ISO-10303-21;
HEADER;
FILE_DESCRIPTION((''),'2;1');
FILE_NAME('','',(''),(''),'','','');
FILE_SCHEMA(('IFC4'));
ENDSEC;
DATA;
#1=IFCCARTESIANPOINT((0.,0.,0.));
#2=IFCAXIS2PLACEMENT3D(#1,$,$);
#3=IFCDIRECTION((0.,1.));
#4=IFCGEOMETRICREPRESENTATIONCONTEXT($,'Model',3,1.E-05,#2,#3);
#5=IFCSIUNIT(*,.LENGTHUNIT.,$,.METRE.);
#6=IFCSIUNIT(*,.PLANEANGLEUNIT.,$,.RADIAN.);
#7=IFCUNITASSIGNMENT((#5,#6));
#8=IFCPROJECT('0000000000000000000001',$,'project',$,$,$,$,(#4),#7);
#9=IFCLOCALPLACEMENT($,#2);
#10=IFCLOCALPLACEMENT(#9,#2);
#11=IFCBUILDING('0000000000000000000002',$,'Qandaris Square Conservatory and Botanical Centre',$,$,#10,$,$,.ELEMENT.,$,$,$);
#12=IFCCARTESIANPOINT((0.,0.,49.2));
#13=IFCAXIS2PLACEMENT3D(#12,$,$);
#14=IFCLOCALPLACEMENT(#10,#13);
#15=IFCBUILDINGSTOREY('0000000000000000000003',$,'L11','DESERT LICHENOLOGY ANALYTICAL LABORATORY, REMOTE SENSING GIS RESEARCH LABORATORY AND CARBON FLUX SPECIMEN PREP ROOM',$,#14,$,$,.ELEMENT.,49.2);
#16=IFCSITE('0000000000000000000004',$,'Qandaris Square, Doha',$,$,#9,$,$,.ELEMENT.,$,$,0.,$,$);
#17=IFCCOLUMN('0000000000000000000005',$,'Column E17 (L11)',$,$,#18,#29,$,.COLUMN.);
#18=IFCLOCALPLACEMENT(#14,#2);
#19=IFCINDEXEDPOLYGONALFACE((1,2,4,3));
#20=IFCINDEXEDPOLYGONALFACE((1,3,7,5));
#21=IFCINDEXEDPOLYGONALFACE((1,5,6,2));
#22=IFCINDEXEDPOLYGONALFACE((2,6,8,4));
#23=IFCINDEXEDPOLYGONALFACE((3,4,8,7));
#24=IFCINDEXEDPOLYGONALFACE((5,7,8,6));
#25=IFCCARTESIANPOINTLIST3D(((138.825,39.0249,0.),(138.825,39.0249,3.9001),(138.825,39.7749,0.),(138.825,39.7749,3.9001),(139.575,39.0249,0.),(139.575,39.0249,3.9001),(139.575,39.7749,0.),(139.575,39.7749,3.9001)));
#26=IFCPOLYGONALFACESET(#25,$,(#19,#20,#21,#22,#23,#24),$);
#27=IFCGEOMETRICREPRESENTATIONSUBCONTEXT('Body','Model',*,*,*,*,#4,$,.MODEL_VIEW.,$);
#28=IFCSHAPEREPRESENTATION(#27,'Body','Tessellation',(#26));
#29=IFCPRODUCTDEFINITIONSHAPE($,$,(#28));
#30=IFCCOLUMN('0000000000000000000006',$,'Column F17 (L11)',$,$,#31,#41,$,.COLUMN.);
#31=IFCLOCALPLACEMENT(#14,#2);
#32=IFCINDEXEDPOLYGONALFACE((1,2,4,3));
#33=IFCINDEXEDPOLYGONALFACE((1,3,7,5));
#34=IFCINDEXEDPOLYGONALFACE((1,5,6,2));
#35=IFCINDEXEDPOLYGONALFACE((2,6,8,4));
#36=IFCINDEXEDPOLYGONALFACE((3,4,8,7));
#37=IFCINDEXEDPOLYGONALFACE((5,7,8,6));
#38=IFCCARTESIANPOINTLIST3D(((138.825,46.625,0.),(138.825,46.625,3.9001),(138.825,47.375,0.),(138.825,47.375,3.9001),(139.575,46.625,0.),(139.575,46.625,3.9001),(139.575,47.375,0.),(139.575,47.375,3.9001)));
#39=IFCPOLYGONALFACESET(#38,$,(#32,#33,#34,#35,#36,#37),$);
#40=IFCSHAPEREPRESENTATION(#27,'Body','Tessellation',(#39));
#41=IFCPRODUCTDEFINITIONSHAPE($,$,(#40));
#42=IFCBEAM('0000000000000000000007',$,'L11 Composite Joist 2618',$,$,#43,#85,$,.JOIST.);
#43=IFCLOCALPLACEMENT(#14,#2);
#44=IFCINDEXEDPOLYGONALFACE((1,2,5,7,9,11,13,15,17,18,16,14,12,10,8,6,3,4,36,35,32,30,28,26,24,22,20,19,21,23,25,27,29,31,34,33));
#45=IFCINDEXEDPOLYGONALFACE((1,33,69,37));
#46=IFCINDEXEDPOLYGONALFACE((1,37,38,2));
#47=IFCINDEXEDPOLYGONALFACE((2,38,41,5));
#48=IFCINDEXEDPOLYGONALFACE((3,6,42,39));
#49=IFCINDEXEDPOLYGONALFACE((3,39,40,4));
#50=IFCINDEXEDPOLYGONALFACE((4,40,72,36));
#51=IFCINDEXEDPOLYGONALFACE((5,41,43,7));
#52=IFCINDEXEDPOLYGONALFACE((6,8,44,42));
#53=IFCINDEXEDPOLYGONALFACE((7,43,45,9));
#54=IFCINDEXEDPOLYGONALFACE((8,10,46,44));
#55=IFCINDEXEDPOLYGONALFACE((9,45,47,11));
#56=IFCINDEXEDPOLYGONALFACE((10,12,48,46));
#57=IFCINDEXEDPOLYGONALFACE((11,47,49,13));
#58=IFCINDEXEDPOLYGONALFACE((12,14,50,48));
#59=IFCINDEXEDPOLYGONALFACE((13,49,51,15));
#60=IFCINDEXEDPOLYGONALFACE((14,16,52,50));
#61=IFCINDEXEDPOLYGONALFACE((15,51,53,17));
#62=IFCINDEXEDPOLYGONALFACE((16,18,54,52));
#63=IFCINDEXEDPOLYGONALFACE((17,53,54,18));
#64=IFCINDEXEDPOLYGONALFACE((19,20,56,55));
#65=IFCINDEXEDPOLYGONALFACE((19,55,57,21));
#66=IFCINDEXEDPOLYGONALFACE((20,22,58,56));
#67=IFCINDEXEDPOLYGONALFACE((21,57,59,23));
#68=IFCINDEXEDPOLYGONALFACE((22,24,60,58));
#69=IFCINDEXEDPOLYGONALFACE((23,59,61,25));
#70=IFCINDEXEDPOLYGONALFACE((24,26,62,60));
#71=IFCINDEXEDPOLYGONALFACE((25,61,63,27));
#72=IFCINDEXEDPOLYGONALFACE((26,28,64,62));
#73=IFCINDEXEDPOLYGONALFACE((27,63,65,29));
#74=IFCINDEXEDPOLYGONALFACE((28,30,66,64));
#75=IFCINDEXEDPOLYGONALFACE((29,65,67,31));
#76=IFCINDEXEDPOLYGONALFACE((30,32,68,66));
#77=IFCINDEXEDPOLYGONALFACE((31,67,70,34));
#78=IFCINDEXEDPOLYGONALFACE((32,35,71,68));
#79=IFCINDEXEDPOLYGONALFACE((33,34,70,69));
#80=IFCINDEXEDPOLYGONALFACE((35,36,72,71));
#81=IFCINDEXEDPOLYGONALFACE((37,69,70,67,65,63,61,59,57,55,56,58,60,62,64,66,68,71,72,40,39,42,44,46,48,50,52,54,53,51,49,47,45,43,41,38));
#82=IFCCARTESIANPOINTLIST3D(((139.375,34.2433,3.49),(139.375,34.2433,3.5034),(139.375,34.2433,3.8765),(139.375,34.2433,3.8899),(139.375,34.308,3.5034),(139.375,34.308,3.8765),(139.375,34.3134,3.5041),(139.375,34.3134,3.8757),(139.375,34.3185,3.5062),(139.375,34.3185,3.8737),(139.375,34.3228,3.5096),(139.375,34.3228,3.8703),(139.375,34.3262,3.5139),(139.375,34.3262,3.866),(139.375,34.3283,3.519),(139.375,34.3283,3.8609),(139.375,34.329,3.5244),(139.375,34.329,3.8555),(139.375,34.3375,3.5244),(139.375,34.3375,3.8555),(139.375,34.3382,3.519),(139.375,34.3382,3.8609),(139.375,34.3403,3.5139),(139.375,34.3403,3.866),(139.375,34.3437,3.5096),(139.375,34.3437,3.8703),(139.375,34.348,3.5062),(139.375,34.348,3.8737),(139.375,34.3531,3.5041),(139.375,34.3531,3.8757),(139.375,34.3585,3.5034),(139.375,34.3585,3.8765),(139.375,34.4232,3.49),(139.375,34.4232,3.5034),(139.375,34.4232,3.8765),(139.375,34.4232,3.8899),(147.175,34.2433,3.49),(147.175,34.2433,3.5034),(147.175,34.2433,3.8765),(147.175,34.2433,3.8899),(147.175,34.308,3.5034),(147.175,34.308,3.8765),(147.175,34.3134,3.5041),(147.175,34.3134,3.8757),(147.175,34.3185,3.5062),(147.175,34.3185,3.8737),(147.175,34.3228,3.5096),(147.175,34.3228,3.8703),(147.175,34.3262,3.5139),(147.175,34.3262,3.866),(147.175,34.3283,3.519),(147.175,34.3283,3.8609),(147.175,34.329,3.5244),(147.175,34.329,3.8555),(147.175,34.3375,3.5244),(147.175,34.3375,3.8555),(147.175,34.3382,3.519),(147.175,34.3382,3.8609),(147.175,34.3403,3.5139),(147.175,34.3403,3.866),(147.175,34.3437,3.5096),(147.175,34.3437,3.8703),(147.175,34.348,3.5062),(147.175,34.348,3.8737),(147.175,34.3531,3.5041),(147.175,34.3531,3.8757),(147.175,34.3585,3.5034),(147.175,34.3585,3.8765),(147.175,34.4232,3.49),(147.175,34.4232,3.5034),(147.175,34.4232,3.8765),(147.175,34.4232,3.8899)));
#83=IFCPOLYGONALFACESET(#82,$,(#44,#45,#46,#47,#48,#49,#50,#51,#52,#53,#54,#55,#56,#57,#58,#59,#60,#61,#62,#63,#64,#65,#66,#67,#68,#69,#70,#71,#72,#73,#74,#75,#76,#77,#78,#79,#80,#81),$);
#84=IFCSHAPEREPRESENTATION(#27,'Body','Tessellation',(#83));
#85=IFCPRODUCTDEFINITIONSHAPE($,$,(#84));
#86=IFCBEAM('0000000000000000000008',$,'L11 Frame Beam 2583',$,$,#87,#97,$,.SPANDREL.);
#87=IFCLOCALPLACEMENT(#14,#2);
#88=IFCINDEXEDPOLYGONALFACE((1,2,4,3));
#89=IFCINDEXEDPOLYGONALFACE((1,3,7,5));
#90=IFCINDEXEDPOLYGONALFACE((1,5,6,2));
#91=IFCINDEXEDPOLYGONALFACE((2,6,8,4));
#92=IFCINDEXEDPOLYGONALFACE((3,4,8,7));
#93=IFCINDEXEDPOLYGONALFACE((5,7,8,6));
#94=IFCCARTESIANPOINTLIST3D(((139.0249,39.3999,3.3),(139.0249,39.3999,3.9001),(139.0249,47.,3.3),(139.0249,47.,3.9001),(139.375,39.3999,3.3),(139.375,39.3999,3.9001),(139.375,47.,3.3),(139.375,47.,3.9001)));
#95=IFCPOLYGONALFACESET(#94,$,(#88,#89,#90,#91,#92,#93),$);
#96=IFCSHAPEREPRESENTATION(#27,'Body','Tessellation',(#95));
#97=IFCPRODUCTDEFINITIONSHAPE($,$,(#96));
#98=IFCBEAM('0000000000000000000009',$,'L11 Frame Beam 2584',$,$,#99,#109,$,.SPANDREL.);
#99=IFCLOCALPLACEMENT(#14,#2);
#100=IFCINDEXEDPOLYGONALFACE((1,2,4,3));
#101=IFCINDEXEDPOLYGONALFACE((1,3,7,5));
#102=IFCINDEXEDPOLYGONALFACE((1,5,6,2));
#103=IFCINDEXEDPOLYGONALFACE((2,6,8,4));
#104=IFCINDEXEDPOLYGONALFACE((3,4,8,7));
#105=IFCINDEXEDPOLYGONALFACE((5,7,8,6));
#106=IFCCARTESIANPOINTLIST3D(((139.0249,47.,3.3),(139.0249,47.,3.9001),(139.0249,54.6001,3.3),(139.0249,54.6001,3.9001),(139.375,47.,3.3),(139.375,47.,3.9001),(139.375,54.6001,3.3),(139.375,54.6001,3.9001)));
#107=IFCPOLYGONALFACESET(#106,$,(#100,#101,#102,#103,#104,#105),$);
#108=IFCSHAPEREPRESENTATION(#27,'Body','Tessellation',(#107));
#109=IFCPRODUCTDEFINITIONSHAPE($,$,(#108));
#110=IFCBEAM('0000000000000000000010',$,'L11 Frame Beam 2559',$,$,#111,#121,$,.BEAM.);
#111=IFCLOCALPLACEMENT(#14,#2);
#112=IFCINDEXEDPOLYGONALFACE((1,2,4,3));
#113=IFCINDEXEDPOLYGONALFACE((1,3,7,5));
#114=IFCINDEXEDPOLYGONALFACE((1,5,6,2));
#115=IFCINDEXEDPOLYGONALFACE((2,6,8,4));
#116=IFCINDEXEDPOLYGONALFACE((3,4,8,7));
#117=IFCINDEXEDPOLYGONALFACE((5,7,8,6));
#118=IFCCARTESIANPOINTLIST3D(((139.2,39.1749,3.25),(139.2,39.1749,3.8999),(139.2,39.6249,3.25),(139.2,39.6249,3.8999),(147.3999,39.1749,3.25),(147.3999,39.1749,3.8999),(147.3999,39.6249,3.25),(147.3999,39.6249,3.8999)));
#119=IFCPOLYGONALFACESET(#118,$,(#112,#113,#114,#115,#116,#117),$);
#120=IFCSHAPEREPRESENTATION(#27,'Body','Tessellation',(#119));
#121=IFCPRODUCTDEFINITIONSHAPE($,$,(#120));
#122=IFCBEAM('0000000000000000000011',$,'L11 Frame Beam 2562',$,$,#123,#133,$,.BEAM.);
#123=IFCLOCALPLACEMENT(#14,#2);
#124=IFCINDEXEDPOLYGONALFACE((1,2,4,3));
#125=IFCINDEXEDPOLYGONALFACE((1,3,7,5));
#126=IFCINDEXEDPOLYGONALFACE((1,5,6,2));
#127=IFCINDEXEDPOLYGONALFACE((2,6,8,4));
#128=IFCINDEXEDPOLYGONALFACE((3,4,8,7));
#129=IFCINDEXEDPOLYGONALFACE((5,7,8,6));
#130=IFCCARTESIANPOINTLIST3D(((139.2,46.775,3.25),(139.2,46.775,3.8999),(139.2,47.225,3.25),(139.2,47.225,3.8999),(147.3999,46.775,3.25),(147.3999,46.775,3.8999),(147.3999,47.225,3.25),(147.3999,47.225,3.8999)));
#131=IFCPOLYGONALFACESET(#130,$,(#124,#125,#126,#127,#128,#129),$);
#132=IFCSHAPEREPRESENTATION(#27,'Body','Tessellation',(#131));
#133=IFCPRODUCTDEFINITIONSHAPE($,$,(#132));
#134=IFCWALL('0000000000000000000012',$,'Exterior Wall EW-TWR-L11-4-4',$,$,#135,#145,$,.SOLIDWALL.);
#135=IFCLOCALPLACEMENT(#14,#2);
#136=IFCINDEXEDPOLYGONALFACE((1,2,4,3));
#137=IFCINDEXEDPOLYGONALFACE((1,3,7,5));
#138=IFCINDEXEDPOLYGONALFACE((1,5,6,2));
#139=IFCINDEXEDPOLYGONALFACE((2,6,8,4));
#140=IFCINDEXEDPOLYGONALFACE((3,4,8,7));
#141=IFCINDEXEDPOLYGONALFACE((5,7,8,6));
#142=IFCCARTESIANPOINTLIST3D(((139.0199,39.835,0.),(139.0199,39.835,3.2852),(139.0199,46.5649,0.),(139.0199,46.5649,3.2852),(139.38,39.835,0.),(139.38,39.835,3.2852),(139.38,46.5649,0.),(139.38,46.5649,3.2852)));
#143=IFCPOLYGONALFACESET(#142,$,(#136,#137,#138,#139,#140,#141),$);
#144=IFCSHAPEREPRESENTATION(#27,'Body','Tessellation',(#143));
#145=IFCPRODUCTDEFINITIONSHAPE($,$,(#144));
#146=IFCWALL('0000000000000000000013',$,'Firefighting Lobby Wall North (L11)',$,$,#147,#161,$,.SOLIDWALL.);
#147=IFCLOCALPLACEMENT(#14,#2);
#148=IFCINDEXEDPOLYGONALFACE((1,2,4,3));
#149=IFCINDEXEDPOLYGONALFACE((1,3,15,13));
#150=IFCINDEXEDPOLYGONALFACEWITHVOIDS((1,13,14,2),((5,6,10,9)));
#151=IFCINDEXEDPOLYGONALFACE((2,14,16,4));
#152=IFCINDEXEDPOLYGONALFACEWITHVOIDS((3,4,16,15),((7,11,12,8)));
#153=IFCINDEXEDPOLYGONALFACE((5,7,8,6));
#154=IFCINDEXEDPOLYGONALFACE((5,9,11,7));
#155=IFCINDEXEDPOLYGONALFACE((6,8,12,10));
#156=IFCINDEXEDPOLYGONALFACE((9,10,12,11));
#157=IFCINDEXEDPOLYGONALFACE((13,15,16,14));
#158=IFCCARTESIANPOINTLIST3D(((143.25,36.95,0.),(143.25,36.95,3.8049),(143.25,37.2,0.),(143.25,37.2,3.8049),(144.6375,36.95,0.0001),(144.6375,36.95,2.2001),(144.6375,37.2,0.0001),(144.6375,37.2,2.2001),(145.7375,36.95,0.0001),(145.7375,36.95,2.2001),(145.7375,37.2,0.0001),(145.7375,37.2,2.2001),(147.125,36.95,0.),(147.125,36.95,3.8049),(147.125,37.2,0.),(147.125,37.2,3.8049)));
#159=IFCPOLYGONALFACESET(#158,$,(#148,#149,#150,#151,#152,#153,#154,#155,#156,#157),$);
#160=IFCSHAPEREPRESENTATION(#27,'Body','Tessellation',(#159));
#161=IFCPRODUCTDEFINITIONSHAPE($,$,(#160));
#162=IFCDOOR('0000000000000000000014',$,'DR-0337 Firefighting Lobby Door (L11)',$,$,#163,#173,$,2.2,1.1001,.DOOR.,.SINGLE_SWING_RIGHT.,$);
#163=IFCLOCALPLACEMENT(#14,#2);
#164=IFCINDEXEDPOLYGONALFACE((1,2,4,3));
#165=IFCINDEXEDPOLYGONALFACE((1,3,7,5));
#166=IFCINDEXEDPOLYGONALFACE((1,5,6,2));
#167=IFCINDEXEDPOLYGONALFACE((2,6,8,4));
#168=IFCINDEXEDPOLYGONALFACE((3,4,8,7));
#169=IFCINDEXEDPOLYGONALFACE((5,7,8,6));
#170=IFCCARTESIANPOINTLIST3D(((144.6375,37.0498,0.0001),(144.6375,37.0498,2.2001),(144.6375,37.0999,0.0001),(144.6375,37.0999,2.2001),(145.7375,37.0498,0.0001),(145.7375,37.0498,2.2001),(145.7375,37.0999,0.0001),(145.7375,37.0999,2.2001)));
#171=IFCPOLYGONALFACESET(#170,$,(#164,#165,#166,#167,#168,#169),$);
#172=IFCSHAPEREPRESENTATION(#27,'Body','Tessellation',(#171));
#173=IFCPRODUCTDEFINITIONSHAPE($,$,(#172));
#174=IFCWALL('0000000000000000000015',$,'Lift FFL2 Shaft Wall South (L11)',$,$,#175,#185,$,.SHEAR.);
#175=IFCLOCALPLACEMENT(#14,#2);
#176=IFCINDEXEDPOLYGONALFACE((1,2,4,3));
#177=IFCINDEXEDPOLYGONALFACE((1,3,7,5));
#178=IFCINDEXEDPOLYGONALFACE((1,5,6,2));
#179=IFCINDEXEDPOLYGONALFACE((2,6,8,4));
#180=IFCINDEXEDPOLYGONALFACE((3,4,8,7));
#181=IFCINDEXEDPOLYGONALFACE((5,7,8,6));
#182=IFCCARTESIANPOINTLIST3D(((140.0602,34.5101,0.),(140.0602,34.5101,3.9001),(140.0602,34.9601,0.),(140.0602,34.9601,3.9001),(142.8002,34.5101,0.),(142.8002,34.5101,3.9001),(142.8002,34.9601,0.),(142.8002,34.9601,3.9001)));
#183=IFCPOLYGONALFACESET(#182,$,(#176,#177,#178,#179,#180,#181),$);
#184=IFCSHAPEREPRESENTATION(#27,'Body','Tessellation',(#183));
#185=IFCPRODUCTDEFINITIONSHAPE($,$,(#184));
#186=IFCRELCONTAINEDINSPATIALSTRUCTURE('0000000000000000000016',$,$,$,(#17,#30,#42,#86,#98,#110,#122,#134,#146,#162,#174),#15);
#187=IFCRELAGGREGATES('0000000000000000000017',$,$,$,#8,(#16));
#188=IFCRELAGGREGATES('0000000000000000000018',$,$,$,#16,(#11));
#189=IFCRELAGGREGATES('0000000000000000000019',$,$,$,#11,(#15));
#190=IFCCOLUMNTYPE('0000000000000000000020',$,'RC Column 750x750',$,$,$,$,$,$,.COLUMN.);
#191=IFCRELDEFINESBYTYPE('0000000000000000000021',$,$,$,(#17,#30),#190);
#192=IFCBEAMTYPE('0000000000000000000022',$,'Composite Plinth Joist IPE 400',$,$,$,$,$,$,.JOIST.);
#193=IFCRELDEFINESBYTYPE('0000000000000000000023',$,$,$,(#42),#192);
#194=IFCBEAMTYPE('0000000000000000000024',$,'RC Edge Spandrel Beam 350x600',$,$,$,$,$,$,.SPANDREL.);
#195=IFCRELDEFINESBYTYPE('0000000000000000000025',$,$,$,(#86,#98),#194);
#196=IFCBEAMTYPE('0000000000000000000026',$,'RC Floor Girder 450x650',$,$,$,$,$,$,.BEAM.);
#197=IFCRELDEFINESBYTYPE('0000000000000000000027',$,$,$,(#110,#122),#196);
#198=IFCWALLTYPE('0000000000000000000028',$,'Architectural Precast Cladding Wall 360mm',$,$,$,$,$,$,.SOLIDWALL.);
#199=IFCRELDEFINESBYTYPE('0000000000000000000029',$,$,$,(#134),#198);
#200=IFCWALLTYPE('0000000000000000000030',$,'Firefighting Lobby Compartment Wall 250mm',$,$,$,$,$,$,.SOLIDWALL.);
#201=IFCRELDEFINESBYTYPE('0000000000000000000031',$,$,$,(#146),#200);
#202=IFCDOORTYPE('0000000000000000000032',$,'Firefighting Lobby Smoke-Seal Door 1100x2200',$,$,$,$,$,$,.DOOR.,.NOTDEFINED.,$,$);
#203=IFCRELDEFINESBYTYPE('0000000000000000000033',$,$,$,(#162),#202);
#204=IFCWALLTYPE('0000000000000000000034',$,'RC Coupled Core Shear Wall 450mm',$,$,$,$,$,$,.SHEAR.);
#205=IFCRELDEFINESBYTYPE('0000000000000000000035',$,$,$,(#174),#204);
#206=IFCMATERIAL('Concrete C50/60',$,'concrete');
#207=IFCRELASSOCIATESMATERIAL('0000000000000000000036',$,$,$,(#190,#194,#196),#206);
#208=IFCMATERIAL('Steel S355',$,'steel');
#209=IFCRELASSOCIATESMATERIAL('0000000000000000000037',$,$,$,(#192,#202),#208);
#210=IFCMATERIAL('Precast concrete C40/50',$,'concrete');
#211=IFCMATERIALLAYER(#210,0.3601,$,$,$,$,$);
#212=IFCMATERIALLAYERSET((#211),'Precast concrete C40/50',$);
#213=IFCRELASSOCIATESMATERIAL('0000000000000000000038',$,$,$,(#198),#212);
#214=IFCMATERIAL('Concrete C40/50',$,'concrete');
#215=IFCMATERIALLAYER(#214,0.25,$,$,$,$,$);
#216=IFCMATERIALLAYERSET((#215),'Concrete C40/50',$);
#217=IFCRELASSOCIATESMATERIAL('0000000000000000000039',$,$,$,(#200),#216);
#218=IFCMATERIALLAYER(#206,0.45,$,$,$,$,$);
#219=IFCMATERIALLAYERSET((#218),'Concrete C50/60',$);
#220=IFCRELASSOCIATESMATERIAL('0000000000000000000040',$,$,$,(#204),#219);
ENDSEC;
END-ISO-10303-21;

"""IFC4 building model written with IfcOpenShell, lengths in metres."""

from ifc_helpers import new_model, si_unit, direction, frame, frame_2d, origin, origin_2d, place, context, subcontext, project, spatial, rectangle, i_section, extrude, material, layer, layer_set, material_profile, profile_set, type_object, element, fill, save


model = new_model("IFC4")

# Units and contexts
model_context = context("Model", 3, precision=1e-05, world=origin(), true_north=direction((0.0, 1.0)))
body_context = subcontext(model_context, "Body", "Model", "MODEL_VIEW")
ifc_project = project(units=[si_unit("LENGTHUNIT", "METRE"), si_unit("PLANEANGLEUNIT", "RADIAN")], contexts=[model_context])

# Site, building, storey
site_placement = place(None, origin())
site = spatial("IfcSite", under=ifc_project, at=site_placement, Name="Qandaris Square, Doha", CompositionType="ELEMENT", RefElevation=0.0)
building_placement = place(site_placement, origin())
building = spatial("IfcBuilding", under=site, at=building_placement, Name="Qandaris Square Conservatory and Botanical Centre", CompositionType="ELEMENT")
storey_placement = place(building_placement, frame((0.0, 0.0, 49.2)))
storey = spatial("IfcBuildingStorey", under=building, at=storey_placement, Name="L11", Description="DESERT LICHENOLOGY ANALYTICAL LABORATORY, REMOTE SENSING GIS RESEARCH LABORATORY AND CARBON FLUX SPECIMEN PREP ROOM", CompositionType="ELEMENT", Elevation=49.2)

# Columns
ifc_material_1 = material(Name="Concrete C50/60", Category="concrete")
ifc_material_profile_1 = material_profile(ifc_material_1, rectangle(XDim=0.75, YDim=0.75, at=origin_2d()), Name="RC-COL 750x750")
ifc_profile_set_1 = profile_set([ifc_material_profile_1], Name="Concrete C50/60")
column_type = type_object("IfcColumnType", Name="RC Column 750x750", PredefinedType="COLUMN", material=ifc_profile_set_1)
for number, where, z_axis, x_axis, name in (
    (1, (139.2, 39.3999, 0.0), (0.0, 0.0, 1.0), (1.0, 0.0, 0.0), "Column E17 (L11)"),
    (2, (139.2, 47.0, 0.0), (0.0, 0.0, 1.0), (1.0, 0.0, 0.0), "Column F17 (L11)"),
):
    element("IfcColumn", number, at=place(storey_placement, frame(where, z_axis=z_axis, x_axis=x_axis)), inside=storey, type_object=column_type, Name=name, PredefinedType="COLUMN", context=body_context, shape_type="SweptSolid", body=[
        extrude(rectangle(XDim=0.75, YDim=0.75, at=origin_2d()), origin(), (0.0, 0.0, 1.0), 3.9001),
    ])

# Beams
ifc_material_2 = material(Name="Steel S355", Category="steel")
ifc_material_profile_2 = material_profile(ifc_material_2, i_section(OverallWidth=0.1799, OverallDepth=0.3999, WebThickness=0.0085, FlangeThickness=0.0134, FilletRadius=0.021, at=origin_2d()), Name="IPE 400")
ifc_profile_set_2 = profile_set([ifc_material_profile_2], Name="Steel S355")
beam_type_1 = type_object("IfcBeamType", Name="Composite Plinth Joist IPE 400", PredefinedType="JOIST", material=ifc_profile_set_2)
beam_placement = place(storey_placement, frame((139.375, 34.3333, 3.6899), z_axis=(1.0, 0.0, 0.0), x_axis=(0.0, 1.0, 0.0)))
element("IfcBeam", 3, at=beam_placement, inside=storey, type_object=beam_type_1, Name="L11 Composite Joist 2618", PredefinedType="JOIST", context=body_context, shape_type="SweptSolid", body=[
    extrude(i_section(OverallWidth=0.1799, OverallDepth=0.3999, WebThickness=0.0085, FlangeThickness=0.0134, FilletRadius=0.021, at=origin_2d()), origin(), (0.0, 0.0, 1.0), 7.8),
])
ifc_material_profile_3 = material_profile(ifc_material_1, rectangle(XDim=0.3501, YDim=0.6001, at=origin_2d()), Name="RC-SP 350x600")
ifc_profile_set_3 = profile_set([ifc_material_profile_3], Name="Concrete C50/60")
beam_type_2 = type_object("IfcBeamType", Name="RC Edge Spandrel Beam 350x600", PredefinedType="SPANDREL", material=ifc_profile_set_3)
for number, where, z_axis, x_axis, name in (
    (4, (139.2, 39.3999, 3.6001), (0.0, 1.0, 0.0), (-1.0, 0.0, 0.0), "L11 Frame Beam 2583"),
    (5, (139.2, 47.0, 3.6001), (0.0, 1.0, 0.0), (-1.0, 0.0, 0.0), "L11 Frame Beam 2584"),
):
    element("IfcBeam", number, at=place(storey_placement, frame(where, z_axis=z_axis, x_axis=x_axis)), inside=storey, type_object=beam_type_2, Name=name, PredefinedType="SPANDREL", context=body_context, shape_type="SweptSolid", body=[
        extrude(rectangle(XDim=0.3501, YDim=0.6001, at=origin_2d()), origin(), (0.0, 0.0, 1.0), 7.6001),
    ])
ifc_material_profile_4 = material_profile(ifc_material_1, rectangle(XDim=0.45, YDim=0.6499, at=origin_2d()), Name="RC-BM 450x650")
ifc_profile_set_4 = profile_set([ifc_material_profile_4], Name="Concrete C50/60")
beam_type_3 = type_object("IfcBeamType", Name="RC Floor Girder 450x650", PredefinedType="BEAM", material=ifc_profile_set_4)
for number, where, z_axis, x_axis, name in (
    (6, (139.2, 39.3999, 3.575), (1.0, 0.0, 0.0), (0.0, 1.0, 0.0), "L11 Frame Beam 2559"),
    (7, (139.2, 47.0, 3.575), (1.0, 0.0, 0.0), (0.0, 1.0, 0.0), "L11 Frame Beam 2562"),
):
    element("IfcBeam", number, at=place(storey_placement, frame(where, z_axis=z_axis, x_axis=x_axis)), inside=storey, type_object=beam_type_3, Name=name, PredefinedType="BEAM", context=body_context, shape_type="SweptSolid", body=[
        extrude(rectangle(XDim=0.45, YDim=0.6499, at=origin_2d()), origin(), (0.0, 0.0, 1.0), 8.2),
    ])

# Wall
ifc_material_3 = material(Name="Precast concrete C40/50", Category="concrete")
ifc_layer_1 = layer(ifc_material_3, 0.3601)
ifc_layer_set_1 = layer_set([ifc_layer_1], Name="Precast concrete C40/50")
wall_type_1 = type_object("IfcWallType", Name="Architectural Precast Cladding Wall 360mm", PredefinedType="SOLIDWALL", material=ifc_layer_set_1)
wall_1_placement = place(storey_placement, frame((139.2, 46.5649, 0.0), z_axis=(0.0, 0.0, 1.0), x_axis=(0.0, -1.0, 0.0)))
element("IfcWall", 8, at=wall_1_placement, inside=storey, type_object=wall_type_1, Name="Exterior Wall EW-TWR-L11-4-4", PredefinedType="SOLIDWALL", context=body_context, shape_type="SweptSolid", body=[
    extrude(rectangle(XDim=6.73, YDim=0.3601, at=frame_2d((3.365, 0.0))), origin(), (0.0, 0.0, 1.0), 3.2852),
])

# Wall, opening, door
ifc_material_4 = material(Name="Concrete C40/50", Category="concrete")
ifc_layer_2 = layer(ifc_material_4, 0.25)
ifc_layer_set_2 = layer_set([ifc_layer_2], Name="Concrete C40/50")
wall_type_2 = type_object("IfcWallType", Name="Firefighting Lobby Compartment Wall 250mm", PredefinedType="SOLIDWALL", material=ifc_layer_set_2)
wall_2_placement = place(storey_placement, frame((143.25, 37.075, 0.0), z_axis=(0.0, 0.0, 1.0), x_axis=(1.0, 0.0, 0.0)))
wall_2 = element("IfcWall", 9, at=wall_2_placement, inside=storey, type_object=wall_type_2, Name="Firefighting Lobby Wall North (L11)", PredefinedType="SOLIDWALL", context=body_context, shape_type="SweptSolid", body=[
    extrude(rectangle(XDim=3.875, YDim=0.25, at=frame_2d((1.9375, 0.0))), origin(), (0.0, 0.0, 1.0), 3.8049),
])
opening_1_placement = place(wall_2_placement, frame((1.3875, 0.0, 0.0)))
opening_1 = element("IfcOpeningElement", 10, at=opening_1_placement, cuts=wall_2, PredefinedType="OPENING", context=body_context, shape_type="SweptSolid", body=[
    extrude(rectangle(XDim=1.1001, YDim=2.2, at=frame_2d((0.55, 1.1001))), frame((0.0, 0.137, 0.0), z_axis=(0.0, -1.0, 0.0), x_axis=(1.0, 0.0, 0.0)), (0.0, 0.0, 1.0), 0.2739),
])
door_type_1 = type_object("IfcDoorType", Name="Firefighting Lobby Smoke-Seal Door 1100x2200", OperationType="NOTDEFINED", PredefinedType="DOOR", material=ifc_material_2)
door_1_placement = place(opening_1_placement, origin())
door_1 = element("IfcDoor", 11, at=door_1_placement, inside=storey, type_object=door_type_1, Name="DR-0337 Firefighting Lobby Door (L11)", OperationType="SINGLE_SWING_RIGHT", OverallHeight=2.2, OverallWidth=1.1001, PredefinedType="DOOR", context=body_context, shape_type="SweptSolid", body=[
    extrude(rectangle(XDim=1.1001, YDim=2.2, at=frame_2d((0.55, 1.1001))), frame((0.0, 0.0249, 0.0), z_axis=(0.0, -1.0, 0.0), x_axis=(1.0, 0.0, 0.0)), (0.0, 0.0, 1.0), 0.05),
])
fill(opening_1, door_1)

# Wall
ifc_layer_3 = layer(ifc_material_1, 0.45)
ifc_layer_set_3 = layer_set([ifc_layer_3], Name="Concrete C50/60")
wall_type_3 = type_object("IfcWallType", Name="RC Coupled Core Shear Wall 450mm", PredefinedType="SHEAR", material=ifc_layer_set_3)
for number, where, z_axis, x_axis, name in (
    (12, (140.0601, 34.7351, 0.0), (0.0, 0.0, 1.0), (1.0, 0.0, 0.0), "Lift FFL2 Shaft Wall South (L11)"),
):
    element("IfcWall", number, at=place(storey_placement, frame(where, z_axis=z_axis, x_axis=x_axis)), inside=storey, type_object=wall_type_3, Name=name, PredefinedType="SHEAR", context=body_context, shape_type="SweptSolid", body=[
        extrude(rectangle(XDim=2.74, YDim=0.45, at=frame_2d((1.3701, 0.0))), origin(), (0.0, 0.0, 1.0), 3.9001),
    ])

save(model, "model.ifc")
